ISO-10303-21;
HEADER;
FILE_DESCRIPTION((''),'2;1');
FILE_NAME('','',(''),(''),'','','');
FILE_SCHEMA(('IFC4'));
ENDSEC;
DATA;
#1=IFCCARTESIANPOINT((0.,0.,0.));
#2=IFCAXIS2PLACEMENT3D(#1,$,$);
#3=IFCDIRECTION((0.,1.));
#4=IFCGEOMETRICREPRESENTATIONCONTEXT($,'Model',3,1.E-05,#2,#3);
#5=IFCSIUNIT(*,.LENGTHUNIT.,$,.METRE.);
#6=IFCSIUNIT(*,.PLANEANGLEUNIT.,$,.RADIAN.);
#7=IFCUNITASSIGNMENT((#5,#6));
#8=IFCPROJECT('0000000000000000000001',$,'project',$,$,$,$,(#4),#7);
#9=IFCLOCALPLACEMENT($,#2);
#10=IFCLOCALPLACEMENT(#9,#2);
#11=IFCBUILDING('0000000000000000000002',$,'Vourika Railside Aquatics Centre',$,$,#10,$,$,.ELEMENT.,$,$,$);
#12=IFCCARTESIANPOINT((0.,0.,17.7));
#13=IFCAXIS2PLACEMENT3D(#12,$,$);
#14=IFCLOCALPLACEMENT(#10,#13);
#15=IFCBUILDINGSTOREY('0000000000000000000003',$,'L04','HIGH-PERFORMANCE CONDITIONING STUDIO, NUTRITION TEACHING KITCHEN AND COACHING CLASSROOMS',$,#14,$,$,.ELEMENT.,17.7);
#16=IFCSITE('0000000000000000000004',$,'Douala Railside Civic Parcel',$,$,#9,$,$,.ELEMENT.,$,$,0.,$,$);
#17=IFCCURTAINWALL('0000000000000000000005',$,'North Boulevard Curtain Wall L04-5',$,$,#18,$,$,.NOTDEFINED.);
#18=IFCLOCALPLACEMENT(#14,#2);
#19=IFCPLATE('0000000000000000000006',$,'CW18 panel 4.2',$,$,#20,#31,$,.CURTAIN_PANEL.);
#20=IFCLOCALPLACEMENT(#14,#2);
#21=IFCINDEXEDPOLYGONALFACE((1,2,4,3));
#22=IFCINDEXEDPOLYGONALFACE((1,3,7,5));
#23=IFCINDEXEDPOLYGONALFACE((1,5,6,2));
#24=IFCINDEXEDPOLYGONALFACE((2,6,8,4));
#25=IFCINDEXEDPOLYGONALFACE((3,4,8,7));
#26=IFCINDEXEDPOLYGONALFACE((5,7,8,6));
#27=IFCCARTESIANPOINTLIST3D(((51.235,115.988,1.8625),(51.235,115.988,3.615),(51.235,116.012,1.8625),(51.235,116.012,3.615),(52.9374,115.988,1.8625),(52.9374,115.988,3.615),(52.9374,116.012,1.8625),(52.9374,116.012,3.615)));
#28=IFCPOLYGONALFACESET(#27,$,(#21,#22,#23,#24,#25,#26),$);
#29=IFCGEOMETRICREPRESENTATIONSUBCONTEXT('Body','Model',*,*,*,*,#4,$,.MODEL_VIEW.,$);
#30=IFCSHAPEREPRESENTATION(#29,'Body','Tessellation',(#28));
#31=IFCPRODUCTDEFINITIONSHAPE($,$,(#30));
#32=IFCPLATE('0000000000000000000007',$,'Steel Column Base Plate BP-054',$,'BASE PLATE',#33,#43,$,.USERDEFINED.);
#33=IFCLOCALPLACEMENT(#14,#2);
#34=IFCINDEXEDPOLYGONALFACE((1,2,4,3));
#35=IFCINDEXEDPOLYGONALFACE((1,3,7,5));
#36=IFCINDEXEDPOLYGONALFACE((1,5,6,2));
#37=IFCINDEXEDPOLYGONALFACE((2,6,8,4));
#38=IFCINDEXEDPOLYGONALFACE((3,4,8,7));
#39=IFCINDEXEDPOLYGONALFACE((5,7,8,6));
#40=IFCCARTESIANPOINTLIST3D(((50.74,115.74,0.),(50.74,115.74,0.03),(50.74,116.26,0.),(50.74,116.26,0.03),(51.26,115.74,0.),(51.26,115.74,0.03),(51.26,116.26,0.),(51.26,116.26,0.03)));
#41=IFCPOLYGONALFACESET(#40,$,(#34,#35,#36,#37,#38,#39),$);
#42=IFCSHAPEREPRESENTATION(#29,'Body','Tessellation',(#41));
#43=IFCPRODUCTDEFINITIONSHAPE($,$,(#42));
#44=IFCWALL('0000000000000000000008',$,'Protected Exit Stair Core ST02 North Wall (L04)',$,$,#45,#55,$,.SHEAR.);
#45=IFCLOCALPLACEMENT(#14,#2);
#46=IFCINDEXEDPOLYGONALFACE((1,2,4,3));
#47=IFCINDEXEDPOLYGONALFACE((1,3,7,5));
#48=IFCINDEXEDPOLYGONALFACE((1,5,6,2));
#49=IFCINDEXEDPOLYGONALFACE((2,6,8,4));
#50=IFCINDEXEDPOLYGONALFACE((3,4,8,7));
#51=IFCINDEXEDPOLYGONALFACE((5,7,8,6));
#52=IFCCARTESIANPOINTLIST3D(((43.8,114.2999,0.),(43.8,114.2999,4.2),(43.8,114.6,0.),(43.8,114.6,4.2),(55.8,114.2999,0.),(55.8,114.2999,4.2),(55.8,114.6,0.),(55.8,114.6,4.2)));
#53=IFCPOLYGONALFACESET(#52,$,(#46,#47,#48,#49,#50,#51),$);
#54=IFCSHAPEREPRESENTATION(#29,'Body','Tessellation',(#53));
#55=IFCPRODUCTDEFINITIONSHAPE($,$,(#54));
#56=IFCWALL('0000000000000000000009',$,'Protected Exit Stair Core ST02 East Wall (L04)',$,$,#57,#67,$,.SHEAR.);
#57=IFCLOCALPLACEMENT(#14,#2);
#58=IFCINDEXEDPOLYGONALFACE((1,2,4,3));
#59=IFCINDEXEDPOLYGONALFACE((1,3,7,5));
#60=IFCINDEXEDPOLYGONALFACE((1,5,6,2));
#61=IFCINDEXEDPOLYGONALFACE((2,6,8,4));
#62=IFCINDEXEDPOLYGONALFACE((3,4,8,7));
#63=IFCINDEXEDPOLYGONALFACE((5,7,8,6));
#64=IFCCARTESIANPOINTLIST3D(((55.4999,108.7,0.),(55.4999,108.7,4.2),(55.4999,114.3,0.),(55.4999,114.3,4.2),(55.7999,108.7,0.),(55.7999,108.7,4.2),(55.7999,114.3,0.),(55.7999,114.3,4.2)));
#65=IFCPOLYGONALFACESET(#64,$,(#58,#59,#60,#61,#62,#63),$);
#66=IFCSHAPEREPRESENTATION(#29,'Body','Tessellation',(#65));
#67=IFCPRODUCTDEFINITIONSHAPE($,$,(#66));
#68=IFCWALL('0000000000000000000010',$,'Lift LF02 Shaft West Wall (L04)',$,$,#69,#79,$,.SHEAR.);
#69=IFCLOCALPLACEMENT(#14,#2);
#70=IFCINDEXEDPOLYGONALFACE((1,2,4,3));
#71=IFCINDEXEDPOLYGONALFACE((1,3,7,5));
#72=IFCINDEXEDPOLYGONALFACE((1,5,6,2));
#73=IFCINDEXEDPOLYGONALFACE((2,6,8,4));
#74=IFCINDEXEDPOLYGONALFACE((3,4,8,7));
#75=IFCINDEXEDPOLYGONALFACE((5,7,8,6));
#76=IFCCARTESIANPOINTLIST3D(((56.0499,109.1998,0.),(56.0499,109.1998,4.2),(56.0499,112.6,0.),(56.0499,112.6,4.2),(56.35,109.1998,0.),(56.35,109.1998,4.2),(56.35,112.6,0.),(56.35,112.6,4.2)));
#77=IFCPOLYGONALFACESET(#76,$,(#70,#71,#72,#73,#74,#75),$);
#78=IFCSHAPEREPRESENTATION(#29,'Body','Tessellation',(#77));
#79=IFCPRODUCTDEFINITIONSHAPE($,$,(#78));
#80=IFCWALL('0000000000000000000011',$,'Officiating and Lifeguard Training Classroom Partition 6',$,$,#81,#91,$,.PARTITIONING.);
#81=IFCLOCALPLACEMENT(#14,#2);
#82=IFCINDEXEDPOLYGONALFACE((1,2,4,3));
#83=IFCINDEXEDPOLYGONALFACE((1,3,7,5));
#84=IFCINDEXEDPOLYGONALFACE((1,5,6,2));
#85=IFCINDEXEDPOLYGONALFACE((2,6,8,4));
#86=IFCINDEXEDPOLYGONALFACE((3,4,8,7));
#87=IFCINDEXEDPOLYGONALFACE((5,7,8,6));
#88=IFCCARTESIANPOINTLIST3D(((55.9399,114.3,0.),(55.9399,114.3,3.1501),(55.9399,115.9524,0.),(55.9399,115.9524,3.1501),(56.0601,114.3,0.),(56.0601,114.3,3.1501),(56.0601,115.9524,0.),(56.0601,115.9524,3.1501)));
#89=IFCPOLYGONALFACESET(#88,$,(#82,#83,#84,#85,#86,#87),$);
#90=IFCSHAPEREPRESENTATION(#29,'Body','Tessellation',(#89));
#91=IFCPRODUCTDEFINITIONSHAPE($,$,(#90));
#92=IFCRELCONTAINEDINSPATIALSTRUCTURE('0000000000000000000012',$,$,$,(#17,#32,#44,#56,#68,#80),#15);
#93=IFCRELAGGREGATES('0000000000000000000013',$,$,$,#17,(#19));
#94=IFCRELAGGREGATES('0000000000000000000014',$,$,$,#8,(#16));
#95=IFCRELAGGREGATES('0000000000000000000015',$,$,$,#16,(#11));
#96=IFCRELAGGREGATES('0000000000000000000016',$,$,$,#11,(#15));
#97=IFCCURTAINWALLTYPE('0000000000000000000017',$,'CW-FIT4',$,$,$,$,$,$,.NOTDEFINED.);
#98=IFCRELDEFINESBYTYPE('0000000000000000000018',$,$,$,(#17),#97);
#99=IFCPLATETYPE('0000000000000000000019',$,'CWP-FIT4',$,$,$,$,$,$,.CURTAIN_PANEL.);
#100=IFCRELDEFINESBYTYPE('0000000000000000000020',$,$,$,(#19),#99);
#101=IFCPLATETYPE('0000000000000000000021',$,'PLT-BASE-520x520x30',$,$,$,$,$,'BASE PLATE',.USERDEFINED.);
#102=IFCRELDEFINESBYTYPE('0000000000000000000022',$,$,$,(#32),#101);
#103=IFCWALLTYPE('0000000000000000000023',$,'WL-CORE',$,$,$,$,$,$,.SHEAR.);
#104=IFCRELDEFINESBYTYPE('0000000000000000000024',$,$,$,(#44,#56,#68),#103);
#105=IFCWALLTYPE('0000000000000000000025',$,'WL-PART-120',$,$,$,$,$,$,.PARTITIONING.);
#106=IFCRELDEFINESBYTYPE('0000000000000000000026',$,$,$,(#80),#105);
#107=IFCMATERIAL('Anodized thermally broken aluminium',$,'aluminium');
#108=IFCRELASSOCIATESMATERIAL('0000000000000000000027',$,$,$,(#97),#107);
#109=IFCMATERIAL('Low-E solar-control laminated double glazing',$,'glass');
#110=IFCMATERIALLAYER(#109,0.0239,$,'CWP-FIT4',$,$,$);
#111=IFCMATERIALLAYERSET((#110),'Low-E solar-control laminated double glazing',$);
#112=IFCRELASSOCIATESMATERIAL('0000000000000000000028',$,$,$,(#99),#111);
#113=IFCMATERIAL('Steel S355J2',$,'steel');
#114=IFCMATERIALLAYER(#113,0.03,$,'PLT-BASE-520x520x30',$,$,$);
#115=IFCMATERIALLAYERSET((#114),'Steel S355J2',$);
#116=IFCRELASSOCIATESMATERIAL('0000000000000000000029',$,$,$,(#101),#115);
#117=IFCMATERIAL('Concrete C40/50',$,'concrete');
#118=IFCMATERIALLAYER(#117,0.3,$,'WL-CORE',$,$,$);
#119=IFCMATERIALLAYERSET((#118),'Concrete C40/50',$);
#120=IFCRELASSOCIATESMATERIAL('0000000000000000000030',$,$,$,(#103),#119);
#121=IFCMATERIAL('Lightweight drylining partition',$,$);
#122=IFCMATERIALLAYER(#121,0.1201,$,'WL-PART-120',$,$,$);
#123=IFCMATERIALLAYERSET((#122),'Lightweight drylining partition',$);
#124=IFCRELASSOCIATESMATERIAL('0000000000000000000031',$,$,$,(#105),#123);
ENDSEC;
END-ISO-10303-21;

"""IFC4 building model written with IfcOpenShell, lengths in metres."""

from ifc_helpers import new_model, si_unit, direction, frame, frame_2d, origin, origin_2d, place, context, subcontext, project, spatial, rectangle, extrude, material, layer, layer_set, type_object, element, aggregate, save


model = new_model("IFC4")

# Units and contexts
model_context = context("Model", 3, precision=1e-05, world=origin(), true_north=direction((0.0, 1.0)))
body_context = subcontext(model_context, "Body", "Model", "MODEL_VIEW")
ifc_project = project(units=[si_unit("LENGTHUNIT", "METRE"), si_unit("PLANEANGLEUNIT", "RADIAN")], contexts=[model_context])

# Site, building, storey
site_placement = place(None, origin())
site = spatial("IfcSite", under=ifc_project, at=site_placement, Name="Douala Railside Civic Parcel", CompositionType="ELEMENT", RefElevation=0.0)
building_placement = place(site_placement, origin())
building = spatial("IfcBuilding", under=site, at=building_placement, Name="Vourika Railside Aquatics Centre", CompositionType="ELEMENT")
storey_placement = place(building_placement, frame((0.0, 0.0, 17.7)))
storey = spatial("IfcBuildingStorey", under=building, at=storey_placement, Name="L04", Description="HIGH-PERFORMANCE CONDITIONING STUDIO, NUTRITION TEACHING KITCHEN AND COACHING CLASSROOMS", CompositionType="ELEMENT", Elevation=17.7)

# Shared definitions
ifc_material_1 = material(Name="Steel S355J2", Category="steel")

# Curtain wall, plate
ifc_material_2 = material(Name="Anodized thermally broken aluminium", Category="aluminium")
curtain_wall_type = type_object("IfcCurtainWallType", Name="CW-FIT4", PredefinedType="NOTDEFINED", material=ifc_material_2)
curtain_wall_placement = place(storey_placement, origin())
curtain_wall = element("IfcCurtainWall", 1, at=curtain_wall_placement, inside=storey, type_object=curtain_wall_type, Name="North Boulevard Curtain Wall L04-5", PredefinedType="NOTDEFINED")
ifc_material_3 = material(Name="Low-E solar-control laminated double glazing", Category="glass")
ifc_layer_1 = layer(ifc_material_3, 0.0239, Name="CWP-FIT4")
ifc_layer_set_1 = layer_set([ifc_layer_1], Name="Low-E solar-control laminated double glazing")
plate_type_1 = type_object("IfcPlateType", Name="CWP-FIT4", PredefinedType="CURTAIN_PANEL", material=ifc_layer_set_1)
plate_1_placement = place(storey_placement, frame((52.0862, 116.0, 1.8625), z_axis=(0.0, 0.0, 1.0), x_axis=(-1.0, 0.0, 0.0)))
plate_1 = element("IfcPlate", 2, at=plate_1_placement, type_object=plate_type_1, Name="CW18 panel 4.2", PredefinedType="CURTAIN_PANEL", context=body_context, shape_type="SweptSolid", body=[
    extrude(rectangle(XDim=1.7024, YDim=0.0239, at=origin_2d()), origin(), (0.0, 0.0, 1.0), 1.7524),
])
aggregate(curtain_wall, [plate_1])

# Plate
ifc_layer_2 = layer(ifc_material_1, 0.03, Name="PLT-BASE-520x520x30")
ifc_layer_set_2 = layer_set([ifc_layer_2], Name="Steel S355J2")
plate_type_2 = type_object("IfcPlateType", Name="PLT-BASE-520x520x30", ElementType="BASE PLATE", PredefinedType="USERDEFINED", material=ifc_layer_set_2)
plate_2_placement = place(storey_placement, frame((51.0, 116.0, 0.0), z_axis=(0.0, 0.0, 1.0), x_axis=(1.0, 0.0, 0.0)))
element("IfcPlate", 3, at=plate_2_placement, inside=storey, type_object=plate_type_2, Name="Steel Column Base Plate BP-054", ObjectType="BASE PLATE", PredefinedType="USERDEFINED", context=body_context, shape_type="SweptSolid", body=[
    extrude(rectangle(XDim=0.52, YDim=0.52, at=origin_2d()), origin(), (0.0, 0.0, 1.0), 0.03),
])

# Walls
ifc_material_4 = material(Name="Concrete C40/50", Category="concrete")
ifc_layer_3 = layer(ifc_material_4, 0.3, Name="WL-CORE")
ifc_layer_set_3 = layer_set([ifc_layer_3], Name="Concrete C40/50")
wall_type_1 = type_object("IfcWallType", Name="WL-CORE", PredefinedType="SHEAR", material=ifc_layer_set_3)
wall_1_placement = place(storey_placement, frame((55.8, 114.45, 0.0), z_axis=(0.0, 0.0, 1.0), x_axis=(-1.0, 0.0, 0.0)))
element("IfcWall", 4, at=wall_1_placement, inside=storey, type_object=wall_type_1, Name="Protected Exit Stair Core ST02 North Wall (L04)", PredefinedType="SHEAR", context=body_context, shape_type="SweptSolid", body=[
    extrude(rectangle(XDim=12.0, YDim=0.3, at=frame_2d((6.0, 0.0))), origin(), (0.0, 0.0, 1.0), 4.2),
])
wall_2_placement = place(storey_placement, frame((55.6499, 108.7, 0.0), z_axis=(0.0, 0.0, 1.0), x_axis=(0.0, 1.0, 0.0)))
element("IfcWall", 5, at=wall_2_placement, inside=storey, type_object=wall_type_1, Name="Protected Exit Stair Core ST02 East Wall (L04)", PredefinedType="SHEAR", context=body_context, shape_type="SweptSolid", body=[
    extrude(rectangle(XDim=5.6001, YDim=0.3, at=frame_2d((2.8, 0.0))), origin(), (0.0, 0.0, 1.0), 4.2),
])

# Walls
wall_3_placement = place(storey_placement, frame((56.2, 112.6001, 0.0), z_axis=(0.0, 0.0, 1.0), x_axis=(0.0, -1.0, 0.0)))
element("IfcWall", 6, at=wall_3_placement, inside=storey, type_object=wall_type_1, Name="Lift LF02 Shaft West Wall (L04)", PredefinedType="SHEAR", context=body_context, shape_type="SweptSolid", body=[
    extrude(rectangle(XDim=3.4001, YDim=0.3, at=frame_2d((1.7002, 0.0))), origin(), (0.0, 0.0, 1.0), 4.2),
])
ifc_material_5 = material(Name="Lightweight drylining partition")
ifc_layer_4 = layer(ifc_material_5, 0.1201, Name="WL-PART-120")
ifc_layer_set_4 = layer_set([ifc_layer_4], Name="Lightweight drylining partition")
wall_type_2 = type_object("IfcWallType", Name="WL-PART-120", PredefinedType="PARTITIONING", material=ifc_layer_set_4)
wall_4_placement = place(storey_placement, frame((56.0, 114.3, 0.0), z_axis=(0.0, 0.0, 1.0), x_axis=(0.0, 1.0, 0.0)))
element("IfcWall", 7, at=wall_4_placement, inside=storey, type_object=wall_type_2, Name="Officiating and Lifeguard Training Classroom Partition 6", PredefinedType="PARTITIONING", context=body_context, shape_type="SweptSolid", body=[
    extrude(rectangle(XDim=1.6523, YDim=0.1201, at=frame_2d((0.8262, 0.0))), origin(), (0.0, 0.0, 1.0), 3.1501),
])

save(model, "model.ifc")
